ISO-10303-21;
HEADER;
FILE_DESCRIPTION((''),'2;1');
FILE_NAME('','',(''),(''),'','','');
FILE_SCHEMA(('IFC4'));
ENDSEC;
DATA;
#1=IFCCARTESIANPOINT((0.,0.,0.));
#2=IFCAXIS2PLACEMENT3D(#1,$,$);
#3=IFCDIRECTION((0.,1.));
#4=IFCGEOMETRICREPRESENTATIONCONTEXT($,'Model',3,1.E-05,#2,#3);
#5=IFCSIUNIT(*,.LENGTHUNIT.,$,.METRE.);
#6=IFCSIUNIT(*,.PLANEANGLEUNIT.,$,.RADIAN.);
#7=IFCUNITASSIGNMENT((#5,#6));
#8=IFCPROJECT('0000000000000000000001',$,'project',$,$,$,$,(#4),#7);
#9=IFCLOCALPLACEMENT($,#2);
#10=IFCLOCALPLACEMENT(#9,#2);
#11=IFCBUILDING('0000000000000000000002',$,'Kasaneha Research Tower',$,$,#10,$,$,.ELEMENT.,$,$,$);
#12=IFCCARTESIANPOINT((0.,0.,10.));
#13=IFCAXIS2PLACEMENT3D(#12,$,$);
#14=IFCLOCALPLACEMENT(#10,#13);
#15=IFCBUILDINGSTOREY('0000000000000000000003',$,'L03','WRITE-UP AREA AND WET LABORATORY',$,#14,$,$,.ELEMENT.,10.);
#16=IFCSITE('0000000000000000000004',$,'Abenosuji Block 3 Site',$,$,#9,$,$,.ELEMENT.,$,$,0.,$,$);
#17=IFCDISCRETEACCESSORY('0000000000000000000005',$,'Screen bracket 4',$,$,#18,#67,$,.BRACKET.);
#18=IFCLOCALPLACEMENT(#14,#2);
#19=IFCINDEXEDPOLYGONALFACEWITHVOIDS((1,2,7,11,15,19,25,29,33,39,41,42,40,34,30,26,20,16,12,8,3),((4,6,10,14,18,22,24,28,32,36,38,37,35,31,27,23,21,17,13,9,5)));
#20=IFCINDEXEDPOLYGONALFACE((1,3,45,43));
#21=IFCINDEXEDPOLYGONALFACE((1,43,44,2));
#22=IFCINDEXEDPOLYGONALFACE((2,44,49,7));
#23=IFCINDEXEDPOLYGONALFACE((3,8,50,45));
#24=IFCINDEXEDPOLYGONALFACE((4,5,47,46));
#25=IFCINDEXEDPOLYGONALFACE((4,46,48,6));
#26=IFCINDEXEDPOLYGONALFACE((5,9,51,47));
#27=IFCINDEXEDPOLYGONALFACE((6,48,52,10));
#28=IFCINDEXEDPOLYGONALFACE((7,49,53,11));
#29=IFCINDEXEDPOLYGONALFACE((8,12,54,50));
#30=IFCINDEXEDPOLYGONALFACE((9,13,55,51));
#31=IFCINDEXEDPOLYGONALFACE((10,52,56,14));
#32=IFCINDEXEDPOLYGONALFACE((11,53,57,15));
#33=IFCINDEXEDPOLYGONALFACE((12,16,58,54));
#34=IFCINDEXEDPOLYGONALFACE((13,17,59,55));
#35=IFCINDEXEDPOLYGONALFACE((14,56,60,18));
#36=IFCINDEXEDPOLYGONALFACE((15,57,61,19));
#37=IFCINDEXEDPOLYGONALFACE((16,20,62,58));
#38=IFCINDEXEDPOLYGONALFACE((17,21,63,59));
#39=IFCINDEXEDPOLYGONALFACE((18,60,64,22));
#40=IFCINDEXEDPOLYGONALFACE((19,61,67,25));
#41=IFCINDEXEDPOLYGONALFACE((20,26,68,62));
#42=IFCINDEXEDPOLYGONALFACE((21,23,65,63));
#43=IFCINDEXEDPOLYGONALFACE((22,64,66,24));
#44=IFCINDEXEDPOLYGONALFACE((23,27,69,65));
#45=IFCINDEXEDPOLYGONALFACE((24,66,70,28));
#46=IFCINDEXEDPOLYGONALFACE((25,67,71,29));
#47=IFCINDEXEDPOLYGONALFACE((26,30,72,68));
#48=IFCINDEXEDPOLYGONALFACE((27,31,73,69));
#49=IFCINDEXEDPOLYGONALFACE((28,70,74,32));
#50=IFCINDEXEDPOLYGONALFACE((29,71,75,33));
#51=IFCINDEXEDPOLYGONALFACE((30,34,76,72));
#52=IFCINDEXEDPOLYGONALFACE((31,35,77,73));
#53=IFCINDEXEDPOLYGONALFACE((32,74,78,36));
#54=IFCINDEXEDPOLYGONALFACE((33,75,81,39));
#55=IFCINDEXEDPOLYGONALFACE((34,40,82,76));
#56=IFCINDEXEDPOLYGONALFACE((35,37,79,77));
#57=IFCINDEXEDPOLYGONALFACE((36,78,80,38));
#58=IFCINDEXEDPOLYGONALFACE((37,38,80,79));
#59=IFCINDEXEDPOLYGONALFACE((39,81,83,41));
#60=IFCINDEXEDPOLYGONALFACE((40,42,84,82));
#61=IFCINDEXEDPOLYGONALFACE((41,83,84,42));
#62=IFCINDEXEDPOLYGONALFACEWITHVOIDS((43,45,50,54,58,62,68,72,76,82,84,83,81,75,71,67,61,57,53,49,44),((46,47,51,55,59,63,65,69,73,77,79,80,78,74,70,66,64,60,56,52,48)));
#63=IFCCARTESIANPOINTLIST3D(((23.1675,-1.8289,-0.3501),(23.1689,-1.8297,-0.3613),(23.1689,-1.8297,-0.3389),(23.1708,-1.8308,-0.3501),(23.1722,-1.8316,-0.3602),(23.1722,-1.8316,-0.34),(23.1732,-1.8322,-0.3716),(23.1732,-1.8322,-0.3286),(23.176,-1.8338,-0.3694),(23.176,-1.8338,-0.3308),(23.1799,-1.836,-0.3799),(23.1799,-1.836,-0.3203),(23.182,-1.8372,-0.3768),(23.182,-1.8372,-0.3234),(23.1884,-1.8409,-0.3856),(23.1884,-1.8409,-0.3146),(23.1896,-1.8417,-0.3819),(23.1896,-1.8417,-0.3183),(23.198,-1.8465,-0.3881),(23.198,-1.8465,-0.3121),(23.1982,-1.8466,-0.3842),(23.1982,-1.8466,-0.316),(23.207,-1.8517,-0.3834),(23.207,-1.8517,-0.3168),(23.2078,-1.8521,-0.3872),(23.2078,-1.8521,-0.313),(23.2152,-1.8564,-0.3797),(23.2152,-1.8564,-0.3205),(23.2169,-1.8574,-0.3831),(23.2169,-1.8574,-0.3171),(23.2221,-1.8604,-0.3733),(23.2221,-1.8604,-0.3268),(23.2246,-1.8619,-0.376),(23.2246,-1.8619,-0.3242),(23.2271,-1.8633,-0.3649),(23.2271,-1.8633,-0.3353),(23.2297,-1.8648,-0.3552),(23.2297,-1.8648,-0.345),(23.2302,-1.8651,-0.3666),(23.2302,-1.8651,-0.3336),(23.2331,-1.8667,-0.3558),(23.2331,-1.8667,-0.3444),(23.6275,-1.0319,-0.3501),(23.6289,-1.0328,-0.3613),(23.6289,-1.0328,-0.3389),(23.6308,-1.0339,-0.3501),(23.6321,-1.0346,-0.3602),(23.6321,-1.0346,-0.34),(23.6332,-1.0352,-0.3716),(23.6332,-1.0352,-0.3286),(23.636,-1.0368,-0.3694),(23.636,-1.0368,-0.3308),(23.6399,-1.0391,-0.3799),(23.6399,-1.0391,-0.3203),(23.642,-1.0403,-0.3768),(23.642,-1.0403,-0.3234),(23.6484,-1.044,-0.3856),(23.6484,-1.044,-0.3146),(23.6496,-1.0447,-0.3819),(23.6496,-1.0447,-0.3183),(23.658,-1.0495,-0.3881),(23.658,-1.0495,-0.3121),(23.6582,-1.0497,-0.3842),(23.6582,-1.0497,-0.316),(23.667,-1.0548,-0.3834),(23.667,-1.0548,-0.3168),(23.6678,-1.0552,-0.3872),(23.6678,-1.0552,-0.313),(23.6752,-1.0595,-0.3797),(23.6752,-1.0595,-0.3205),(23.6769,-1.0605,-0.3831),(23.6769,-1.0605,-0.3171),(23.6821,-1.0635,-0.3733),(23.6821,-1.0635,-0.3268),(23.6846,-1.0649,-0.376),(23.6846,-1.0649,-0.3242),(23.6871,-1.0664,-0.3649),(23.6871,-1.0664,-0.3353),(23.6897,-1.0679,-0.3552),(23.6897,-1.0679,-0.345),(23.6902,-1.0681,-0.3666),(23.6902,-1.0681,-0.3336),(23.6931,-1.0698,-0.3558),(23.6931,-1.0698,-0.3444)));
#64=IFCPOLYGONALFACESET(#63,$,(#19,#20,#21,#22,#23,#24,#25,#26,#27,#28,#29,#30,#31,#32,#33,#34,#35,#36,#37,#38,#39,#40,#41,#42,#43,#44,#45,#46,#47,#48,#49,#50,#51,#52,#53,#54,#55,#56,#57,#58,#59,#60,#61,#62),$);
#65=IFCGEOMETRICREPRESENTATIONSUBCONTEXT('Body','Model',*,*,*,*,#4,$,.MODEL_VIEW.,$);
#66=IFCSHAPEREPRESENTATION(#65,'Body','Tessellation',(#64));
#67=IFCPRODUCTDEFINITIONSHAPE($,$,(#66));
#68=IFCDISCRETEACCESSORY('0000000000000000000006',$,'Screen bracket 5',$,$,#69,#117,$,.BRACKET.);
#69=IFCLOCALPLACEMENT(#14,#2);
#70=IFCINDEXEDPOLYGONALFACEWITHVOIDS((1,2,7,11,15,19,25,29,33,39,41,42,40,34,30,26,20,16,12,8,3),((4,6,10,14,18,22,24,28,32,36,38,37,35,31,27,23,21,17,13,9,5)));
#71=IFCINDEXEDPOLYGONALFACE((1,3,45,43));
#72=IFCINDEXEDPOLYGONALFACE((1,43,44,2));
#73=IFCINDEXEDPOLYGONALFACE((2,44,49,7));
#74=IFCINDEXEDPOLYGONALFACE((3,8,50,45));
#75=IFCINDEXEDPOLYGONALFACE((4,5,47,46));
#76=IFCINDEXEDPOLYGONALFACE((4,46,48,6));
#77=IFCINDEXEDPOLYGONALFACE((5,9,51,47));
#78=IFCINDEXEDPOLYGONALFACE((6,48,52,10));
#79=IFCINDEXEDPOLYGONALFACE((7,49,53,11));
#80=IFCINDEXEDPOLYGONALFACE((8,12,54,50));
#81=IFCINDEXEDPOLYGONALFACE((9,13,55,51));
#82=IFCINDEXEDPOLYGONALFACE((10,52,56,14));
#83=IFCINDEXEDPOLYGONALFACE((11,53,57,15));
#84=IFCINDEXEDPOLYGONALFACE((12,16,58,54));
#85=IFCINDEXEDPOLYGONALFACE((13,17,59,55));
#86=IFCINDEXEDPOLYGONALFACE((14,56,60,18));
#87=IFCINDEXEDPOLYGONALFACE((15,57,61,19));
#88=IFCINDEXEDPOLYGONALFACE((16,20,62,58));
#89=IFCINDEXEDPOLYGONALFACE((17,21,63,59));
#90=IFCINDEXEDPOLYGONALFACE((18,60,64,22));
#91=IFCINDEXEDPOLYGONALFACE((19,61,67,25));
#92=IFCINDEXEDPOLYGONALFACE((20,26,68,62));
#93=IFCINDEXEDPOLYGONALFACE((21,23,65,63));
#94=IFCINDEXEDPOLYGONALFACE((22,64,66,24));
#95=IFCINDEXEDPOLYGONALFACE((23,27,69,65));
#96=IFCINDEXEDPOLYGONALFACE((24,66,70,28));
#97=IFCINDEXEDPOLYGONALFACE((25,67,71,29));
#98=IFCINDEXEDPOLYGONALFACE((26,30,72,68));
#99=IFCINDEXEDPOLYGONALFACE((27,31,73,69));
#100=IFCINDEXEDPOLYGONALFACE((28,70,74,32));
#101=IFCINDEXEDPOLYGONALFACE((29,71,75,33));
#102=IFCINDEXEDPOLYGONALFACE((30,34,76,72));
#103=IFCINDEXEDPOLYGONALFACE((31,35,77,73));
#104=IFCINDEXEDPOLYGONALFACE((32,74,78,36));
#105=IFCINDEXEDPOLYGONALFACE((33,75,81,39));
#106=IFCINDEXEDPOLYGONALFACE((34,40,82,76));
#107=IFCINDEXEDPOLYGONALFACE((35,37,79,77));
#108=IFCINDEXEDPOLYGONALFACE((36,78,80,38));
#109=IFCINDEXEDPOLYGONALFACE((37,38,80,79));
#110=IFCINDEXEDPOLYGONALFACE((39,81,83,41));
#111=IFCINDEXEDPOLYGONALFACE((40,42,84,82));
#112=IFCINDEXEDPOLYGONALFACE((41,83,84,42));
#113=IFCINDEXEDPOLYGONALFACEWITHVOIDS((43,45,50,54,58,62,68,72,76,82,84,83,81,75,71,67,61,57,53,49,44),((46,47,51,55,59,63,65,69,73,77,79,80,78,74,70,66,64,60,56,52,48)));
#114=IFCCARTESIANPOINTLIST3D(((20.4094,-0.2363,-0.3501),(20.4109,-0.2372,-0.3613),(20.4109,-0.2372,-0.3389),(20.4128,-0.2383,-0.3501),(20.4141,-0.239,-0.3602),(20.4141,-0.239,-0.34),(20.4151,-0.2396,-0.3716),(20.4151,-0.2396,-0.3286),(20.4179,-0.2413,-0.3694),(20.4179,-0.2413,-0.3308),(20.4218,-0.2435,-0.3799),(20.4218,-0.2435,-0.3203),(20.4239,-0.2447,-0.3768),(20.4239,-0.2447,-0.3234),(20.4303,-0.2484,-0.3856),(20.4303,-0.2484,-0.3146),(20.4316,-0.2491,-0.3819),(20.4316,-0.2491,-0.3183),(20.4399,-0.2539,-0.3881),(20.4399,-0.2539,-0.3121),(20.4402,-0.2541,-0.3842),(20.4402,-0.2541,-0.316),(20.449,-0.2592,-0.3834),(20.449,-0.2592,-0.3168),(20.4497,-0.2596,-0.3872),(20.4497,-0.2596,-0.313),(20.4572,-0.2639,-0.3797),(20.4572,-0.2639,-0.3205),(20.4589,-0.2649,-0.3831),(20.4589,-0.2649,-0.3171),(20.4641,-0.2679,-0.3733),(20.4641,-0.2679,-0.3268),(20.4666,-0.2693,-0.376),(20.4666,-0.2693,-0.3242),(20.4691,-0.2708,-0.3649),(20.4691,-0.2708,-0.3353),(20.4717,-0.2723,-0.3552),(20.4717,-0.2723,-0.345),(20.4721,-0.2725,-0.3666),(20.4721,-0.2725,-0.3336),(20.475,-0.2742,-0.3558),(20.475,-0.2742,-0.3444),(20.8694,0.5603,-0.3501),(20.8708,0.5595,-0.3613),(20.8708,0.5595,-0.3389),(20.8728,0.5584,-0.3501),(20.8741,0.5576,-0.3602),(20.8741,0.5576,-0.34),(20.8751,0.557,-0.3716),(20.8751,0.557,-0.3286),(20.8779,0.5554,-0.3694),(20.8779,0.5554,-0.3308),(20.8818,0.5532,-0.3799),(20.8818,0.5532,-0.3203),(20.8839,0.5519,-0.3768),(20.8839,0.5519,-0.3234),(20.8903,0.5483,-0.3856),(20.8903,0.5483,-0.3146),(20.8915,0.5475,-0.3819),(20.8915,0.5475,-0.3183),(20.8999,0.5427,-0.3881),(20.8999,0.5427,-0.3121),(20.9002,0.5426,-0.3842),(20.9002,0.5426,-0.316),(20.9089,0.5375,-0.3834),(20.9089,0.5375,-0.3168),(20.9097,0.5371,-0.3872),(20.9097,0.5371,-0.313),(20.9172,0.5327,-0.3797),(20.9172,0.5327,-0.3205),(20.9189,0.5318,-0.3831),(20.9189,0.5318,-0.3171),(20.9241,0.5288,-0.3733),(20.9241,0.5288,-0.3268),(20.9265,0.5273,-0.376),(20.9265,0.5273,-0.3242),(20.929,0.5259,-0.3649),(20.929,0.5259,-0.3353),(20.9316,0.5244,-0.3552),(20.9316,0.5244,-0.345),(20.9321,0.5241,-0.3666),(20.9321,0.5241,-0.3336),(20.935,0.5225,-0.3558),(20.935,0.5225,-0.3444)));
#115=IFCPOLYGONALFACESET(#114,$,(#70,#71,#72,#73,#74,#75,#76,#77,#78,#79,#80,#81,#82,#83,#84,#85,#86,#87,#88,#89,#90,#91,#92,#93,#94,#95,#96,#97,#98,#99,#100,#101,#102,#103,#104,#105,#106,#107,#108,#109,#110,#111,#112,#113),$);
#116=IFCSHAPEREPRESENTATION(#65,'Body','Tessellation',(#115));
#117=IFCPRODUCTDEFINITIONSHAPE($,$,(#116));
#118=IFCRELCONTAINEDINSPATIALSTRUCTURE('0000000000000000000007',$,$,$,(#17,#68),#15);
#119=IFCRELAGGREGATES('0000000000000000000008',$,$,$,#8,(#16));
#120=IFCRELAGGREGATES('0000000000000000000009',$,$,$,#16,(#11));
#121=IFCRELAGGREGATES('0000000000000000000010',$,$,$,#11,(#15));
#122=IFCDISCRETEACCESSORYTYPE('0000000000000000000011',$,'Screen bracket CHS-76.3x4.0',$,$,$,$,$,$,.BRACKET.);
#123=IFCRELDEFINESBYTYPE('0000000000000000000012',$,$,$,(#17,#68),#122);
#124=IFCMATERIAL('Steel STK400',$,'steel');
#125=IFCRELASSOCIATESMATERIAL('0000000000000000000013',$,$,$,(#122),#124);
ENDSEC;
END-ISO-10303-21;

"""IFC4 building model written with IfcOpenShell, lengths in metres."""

from ifc_helpers import new_model, si_unit, direction, frame, origin, origin_2d, place, context, subcontext, project, spatial, hollow_circle, extrude, material, material_profile, profile_set, type_object, element, save


model = new_model("IFC4")

# Units and contexts
model_context = context("Model", 3, precision=1e-05, world=origin(), true_north=direction((0.0, 1.0)))
body_context = subcontext(model_context, "Body", "Model", "MODEL_VIEW")
ifc_project = project(units=[si_unit("LENGTHUNIT", "METRE"), si_unit("PLANEANGLEUNIT", "RADIAN")], contexts=[model_context])

# Site, building, storey
site_placement = place(None, origin())
site = spatial("IfcSite", under=ifc_project, at=site_placement, Name="Abenosuji Block 3 Site", CompositionType="ELEMENT", RefElevation=0.0)
building_placement = place(site_placement, origin())
building = spatial("IfcBuilding", under=site, at=building_placement, Name="Kasaneha Research Tower", CompositionType="ELEMENT")
storey_placement = place(building_placement, frame((0.0, 0.0, 10.0)))
storey = spatial("IfcBuildingStorey", under=building, at=storey_placement, Name="L03", Description="WRITE-UP AREA AND WET LABORATORY", CompositionType="ELEMENT", Elevation=10.0)

# Discrete accessories
ifc_material_1 = material(Name="Steel STK400", Category="steel")
ifc_material_profile_1 = material_profile(ifc_material_1, hollow_circle(Radius=0.0381, WallThickness=0.0039, at=origin_2d()), Name="CHS-76.3x4.0")
ifc_profile_set_1 = profile_set([ifc_material_profile_1], Name="Steel STK400")
discrete_accessory_type = type_object("IfcDiscreteAccessoryType", Name="Screen bracket CHS-76.3x4.0", PredefinedType="BRACKET", material=ifc_profile_set_1)
discrete_accessory_1_placement = place(storey_placement, frame((23.2004, -1.8479, -0.3501), z_axis=(0.499906, 0.86608, 0.0), x_axis=(-0.86608, 0.499906, 0.0)))
element("IfcDiscreteAccessory", 1, at=discrete_accessory_1_placement, inside=storey, type_object=discrete_accessory_type, Name="Screen bracket 4", PredefinedType="BRACKET", context=body_context, shape_type="SweptSolid", body=[
    extrude(hollow_circle(Radius=0.0381, WallThickness=0.0039, at=origin_2d()), origin(), (0.0, 0.0, 1.0), 0.9202),
])
discrete_accessory_2_placement = place(storey_placement, frame((20.4424, -0.2554, -0.3501), z_axis=(0.500021, 0.866013, 0.0), x_axis=(-0.866013, 0.500021, 0.0)))
element("IfcDiscreteAccessory", 2, at=discrete_accessory_2_placement, inside=storey, type_object=discrete_accessory_type, Name="Screen bracket 5", PredefinedType="BRACKET", context=body_context, shape_type="SweptSolid", body=[
    extrude(hollow_circle(Radius=0.0381, WallThickness=0.0039, at=origin_2d()), origin(), (0.0, 0.0, 1.0), 0.9199),
])

save(model, "model.ifc")
